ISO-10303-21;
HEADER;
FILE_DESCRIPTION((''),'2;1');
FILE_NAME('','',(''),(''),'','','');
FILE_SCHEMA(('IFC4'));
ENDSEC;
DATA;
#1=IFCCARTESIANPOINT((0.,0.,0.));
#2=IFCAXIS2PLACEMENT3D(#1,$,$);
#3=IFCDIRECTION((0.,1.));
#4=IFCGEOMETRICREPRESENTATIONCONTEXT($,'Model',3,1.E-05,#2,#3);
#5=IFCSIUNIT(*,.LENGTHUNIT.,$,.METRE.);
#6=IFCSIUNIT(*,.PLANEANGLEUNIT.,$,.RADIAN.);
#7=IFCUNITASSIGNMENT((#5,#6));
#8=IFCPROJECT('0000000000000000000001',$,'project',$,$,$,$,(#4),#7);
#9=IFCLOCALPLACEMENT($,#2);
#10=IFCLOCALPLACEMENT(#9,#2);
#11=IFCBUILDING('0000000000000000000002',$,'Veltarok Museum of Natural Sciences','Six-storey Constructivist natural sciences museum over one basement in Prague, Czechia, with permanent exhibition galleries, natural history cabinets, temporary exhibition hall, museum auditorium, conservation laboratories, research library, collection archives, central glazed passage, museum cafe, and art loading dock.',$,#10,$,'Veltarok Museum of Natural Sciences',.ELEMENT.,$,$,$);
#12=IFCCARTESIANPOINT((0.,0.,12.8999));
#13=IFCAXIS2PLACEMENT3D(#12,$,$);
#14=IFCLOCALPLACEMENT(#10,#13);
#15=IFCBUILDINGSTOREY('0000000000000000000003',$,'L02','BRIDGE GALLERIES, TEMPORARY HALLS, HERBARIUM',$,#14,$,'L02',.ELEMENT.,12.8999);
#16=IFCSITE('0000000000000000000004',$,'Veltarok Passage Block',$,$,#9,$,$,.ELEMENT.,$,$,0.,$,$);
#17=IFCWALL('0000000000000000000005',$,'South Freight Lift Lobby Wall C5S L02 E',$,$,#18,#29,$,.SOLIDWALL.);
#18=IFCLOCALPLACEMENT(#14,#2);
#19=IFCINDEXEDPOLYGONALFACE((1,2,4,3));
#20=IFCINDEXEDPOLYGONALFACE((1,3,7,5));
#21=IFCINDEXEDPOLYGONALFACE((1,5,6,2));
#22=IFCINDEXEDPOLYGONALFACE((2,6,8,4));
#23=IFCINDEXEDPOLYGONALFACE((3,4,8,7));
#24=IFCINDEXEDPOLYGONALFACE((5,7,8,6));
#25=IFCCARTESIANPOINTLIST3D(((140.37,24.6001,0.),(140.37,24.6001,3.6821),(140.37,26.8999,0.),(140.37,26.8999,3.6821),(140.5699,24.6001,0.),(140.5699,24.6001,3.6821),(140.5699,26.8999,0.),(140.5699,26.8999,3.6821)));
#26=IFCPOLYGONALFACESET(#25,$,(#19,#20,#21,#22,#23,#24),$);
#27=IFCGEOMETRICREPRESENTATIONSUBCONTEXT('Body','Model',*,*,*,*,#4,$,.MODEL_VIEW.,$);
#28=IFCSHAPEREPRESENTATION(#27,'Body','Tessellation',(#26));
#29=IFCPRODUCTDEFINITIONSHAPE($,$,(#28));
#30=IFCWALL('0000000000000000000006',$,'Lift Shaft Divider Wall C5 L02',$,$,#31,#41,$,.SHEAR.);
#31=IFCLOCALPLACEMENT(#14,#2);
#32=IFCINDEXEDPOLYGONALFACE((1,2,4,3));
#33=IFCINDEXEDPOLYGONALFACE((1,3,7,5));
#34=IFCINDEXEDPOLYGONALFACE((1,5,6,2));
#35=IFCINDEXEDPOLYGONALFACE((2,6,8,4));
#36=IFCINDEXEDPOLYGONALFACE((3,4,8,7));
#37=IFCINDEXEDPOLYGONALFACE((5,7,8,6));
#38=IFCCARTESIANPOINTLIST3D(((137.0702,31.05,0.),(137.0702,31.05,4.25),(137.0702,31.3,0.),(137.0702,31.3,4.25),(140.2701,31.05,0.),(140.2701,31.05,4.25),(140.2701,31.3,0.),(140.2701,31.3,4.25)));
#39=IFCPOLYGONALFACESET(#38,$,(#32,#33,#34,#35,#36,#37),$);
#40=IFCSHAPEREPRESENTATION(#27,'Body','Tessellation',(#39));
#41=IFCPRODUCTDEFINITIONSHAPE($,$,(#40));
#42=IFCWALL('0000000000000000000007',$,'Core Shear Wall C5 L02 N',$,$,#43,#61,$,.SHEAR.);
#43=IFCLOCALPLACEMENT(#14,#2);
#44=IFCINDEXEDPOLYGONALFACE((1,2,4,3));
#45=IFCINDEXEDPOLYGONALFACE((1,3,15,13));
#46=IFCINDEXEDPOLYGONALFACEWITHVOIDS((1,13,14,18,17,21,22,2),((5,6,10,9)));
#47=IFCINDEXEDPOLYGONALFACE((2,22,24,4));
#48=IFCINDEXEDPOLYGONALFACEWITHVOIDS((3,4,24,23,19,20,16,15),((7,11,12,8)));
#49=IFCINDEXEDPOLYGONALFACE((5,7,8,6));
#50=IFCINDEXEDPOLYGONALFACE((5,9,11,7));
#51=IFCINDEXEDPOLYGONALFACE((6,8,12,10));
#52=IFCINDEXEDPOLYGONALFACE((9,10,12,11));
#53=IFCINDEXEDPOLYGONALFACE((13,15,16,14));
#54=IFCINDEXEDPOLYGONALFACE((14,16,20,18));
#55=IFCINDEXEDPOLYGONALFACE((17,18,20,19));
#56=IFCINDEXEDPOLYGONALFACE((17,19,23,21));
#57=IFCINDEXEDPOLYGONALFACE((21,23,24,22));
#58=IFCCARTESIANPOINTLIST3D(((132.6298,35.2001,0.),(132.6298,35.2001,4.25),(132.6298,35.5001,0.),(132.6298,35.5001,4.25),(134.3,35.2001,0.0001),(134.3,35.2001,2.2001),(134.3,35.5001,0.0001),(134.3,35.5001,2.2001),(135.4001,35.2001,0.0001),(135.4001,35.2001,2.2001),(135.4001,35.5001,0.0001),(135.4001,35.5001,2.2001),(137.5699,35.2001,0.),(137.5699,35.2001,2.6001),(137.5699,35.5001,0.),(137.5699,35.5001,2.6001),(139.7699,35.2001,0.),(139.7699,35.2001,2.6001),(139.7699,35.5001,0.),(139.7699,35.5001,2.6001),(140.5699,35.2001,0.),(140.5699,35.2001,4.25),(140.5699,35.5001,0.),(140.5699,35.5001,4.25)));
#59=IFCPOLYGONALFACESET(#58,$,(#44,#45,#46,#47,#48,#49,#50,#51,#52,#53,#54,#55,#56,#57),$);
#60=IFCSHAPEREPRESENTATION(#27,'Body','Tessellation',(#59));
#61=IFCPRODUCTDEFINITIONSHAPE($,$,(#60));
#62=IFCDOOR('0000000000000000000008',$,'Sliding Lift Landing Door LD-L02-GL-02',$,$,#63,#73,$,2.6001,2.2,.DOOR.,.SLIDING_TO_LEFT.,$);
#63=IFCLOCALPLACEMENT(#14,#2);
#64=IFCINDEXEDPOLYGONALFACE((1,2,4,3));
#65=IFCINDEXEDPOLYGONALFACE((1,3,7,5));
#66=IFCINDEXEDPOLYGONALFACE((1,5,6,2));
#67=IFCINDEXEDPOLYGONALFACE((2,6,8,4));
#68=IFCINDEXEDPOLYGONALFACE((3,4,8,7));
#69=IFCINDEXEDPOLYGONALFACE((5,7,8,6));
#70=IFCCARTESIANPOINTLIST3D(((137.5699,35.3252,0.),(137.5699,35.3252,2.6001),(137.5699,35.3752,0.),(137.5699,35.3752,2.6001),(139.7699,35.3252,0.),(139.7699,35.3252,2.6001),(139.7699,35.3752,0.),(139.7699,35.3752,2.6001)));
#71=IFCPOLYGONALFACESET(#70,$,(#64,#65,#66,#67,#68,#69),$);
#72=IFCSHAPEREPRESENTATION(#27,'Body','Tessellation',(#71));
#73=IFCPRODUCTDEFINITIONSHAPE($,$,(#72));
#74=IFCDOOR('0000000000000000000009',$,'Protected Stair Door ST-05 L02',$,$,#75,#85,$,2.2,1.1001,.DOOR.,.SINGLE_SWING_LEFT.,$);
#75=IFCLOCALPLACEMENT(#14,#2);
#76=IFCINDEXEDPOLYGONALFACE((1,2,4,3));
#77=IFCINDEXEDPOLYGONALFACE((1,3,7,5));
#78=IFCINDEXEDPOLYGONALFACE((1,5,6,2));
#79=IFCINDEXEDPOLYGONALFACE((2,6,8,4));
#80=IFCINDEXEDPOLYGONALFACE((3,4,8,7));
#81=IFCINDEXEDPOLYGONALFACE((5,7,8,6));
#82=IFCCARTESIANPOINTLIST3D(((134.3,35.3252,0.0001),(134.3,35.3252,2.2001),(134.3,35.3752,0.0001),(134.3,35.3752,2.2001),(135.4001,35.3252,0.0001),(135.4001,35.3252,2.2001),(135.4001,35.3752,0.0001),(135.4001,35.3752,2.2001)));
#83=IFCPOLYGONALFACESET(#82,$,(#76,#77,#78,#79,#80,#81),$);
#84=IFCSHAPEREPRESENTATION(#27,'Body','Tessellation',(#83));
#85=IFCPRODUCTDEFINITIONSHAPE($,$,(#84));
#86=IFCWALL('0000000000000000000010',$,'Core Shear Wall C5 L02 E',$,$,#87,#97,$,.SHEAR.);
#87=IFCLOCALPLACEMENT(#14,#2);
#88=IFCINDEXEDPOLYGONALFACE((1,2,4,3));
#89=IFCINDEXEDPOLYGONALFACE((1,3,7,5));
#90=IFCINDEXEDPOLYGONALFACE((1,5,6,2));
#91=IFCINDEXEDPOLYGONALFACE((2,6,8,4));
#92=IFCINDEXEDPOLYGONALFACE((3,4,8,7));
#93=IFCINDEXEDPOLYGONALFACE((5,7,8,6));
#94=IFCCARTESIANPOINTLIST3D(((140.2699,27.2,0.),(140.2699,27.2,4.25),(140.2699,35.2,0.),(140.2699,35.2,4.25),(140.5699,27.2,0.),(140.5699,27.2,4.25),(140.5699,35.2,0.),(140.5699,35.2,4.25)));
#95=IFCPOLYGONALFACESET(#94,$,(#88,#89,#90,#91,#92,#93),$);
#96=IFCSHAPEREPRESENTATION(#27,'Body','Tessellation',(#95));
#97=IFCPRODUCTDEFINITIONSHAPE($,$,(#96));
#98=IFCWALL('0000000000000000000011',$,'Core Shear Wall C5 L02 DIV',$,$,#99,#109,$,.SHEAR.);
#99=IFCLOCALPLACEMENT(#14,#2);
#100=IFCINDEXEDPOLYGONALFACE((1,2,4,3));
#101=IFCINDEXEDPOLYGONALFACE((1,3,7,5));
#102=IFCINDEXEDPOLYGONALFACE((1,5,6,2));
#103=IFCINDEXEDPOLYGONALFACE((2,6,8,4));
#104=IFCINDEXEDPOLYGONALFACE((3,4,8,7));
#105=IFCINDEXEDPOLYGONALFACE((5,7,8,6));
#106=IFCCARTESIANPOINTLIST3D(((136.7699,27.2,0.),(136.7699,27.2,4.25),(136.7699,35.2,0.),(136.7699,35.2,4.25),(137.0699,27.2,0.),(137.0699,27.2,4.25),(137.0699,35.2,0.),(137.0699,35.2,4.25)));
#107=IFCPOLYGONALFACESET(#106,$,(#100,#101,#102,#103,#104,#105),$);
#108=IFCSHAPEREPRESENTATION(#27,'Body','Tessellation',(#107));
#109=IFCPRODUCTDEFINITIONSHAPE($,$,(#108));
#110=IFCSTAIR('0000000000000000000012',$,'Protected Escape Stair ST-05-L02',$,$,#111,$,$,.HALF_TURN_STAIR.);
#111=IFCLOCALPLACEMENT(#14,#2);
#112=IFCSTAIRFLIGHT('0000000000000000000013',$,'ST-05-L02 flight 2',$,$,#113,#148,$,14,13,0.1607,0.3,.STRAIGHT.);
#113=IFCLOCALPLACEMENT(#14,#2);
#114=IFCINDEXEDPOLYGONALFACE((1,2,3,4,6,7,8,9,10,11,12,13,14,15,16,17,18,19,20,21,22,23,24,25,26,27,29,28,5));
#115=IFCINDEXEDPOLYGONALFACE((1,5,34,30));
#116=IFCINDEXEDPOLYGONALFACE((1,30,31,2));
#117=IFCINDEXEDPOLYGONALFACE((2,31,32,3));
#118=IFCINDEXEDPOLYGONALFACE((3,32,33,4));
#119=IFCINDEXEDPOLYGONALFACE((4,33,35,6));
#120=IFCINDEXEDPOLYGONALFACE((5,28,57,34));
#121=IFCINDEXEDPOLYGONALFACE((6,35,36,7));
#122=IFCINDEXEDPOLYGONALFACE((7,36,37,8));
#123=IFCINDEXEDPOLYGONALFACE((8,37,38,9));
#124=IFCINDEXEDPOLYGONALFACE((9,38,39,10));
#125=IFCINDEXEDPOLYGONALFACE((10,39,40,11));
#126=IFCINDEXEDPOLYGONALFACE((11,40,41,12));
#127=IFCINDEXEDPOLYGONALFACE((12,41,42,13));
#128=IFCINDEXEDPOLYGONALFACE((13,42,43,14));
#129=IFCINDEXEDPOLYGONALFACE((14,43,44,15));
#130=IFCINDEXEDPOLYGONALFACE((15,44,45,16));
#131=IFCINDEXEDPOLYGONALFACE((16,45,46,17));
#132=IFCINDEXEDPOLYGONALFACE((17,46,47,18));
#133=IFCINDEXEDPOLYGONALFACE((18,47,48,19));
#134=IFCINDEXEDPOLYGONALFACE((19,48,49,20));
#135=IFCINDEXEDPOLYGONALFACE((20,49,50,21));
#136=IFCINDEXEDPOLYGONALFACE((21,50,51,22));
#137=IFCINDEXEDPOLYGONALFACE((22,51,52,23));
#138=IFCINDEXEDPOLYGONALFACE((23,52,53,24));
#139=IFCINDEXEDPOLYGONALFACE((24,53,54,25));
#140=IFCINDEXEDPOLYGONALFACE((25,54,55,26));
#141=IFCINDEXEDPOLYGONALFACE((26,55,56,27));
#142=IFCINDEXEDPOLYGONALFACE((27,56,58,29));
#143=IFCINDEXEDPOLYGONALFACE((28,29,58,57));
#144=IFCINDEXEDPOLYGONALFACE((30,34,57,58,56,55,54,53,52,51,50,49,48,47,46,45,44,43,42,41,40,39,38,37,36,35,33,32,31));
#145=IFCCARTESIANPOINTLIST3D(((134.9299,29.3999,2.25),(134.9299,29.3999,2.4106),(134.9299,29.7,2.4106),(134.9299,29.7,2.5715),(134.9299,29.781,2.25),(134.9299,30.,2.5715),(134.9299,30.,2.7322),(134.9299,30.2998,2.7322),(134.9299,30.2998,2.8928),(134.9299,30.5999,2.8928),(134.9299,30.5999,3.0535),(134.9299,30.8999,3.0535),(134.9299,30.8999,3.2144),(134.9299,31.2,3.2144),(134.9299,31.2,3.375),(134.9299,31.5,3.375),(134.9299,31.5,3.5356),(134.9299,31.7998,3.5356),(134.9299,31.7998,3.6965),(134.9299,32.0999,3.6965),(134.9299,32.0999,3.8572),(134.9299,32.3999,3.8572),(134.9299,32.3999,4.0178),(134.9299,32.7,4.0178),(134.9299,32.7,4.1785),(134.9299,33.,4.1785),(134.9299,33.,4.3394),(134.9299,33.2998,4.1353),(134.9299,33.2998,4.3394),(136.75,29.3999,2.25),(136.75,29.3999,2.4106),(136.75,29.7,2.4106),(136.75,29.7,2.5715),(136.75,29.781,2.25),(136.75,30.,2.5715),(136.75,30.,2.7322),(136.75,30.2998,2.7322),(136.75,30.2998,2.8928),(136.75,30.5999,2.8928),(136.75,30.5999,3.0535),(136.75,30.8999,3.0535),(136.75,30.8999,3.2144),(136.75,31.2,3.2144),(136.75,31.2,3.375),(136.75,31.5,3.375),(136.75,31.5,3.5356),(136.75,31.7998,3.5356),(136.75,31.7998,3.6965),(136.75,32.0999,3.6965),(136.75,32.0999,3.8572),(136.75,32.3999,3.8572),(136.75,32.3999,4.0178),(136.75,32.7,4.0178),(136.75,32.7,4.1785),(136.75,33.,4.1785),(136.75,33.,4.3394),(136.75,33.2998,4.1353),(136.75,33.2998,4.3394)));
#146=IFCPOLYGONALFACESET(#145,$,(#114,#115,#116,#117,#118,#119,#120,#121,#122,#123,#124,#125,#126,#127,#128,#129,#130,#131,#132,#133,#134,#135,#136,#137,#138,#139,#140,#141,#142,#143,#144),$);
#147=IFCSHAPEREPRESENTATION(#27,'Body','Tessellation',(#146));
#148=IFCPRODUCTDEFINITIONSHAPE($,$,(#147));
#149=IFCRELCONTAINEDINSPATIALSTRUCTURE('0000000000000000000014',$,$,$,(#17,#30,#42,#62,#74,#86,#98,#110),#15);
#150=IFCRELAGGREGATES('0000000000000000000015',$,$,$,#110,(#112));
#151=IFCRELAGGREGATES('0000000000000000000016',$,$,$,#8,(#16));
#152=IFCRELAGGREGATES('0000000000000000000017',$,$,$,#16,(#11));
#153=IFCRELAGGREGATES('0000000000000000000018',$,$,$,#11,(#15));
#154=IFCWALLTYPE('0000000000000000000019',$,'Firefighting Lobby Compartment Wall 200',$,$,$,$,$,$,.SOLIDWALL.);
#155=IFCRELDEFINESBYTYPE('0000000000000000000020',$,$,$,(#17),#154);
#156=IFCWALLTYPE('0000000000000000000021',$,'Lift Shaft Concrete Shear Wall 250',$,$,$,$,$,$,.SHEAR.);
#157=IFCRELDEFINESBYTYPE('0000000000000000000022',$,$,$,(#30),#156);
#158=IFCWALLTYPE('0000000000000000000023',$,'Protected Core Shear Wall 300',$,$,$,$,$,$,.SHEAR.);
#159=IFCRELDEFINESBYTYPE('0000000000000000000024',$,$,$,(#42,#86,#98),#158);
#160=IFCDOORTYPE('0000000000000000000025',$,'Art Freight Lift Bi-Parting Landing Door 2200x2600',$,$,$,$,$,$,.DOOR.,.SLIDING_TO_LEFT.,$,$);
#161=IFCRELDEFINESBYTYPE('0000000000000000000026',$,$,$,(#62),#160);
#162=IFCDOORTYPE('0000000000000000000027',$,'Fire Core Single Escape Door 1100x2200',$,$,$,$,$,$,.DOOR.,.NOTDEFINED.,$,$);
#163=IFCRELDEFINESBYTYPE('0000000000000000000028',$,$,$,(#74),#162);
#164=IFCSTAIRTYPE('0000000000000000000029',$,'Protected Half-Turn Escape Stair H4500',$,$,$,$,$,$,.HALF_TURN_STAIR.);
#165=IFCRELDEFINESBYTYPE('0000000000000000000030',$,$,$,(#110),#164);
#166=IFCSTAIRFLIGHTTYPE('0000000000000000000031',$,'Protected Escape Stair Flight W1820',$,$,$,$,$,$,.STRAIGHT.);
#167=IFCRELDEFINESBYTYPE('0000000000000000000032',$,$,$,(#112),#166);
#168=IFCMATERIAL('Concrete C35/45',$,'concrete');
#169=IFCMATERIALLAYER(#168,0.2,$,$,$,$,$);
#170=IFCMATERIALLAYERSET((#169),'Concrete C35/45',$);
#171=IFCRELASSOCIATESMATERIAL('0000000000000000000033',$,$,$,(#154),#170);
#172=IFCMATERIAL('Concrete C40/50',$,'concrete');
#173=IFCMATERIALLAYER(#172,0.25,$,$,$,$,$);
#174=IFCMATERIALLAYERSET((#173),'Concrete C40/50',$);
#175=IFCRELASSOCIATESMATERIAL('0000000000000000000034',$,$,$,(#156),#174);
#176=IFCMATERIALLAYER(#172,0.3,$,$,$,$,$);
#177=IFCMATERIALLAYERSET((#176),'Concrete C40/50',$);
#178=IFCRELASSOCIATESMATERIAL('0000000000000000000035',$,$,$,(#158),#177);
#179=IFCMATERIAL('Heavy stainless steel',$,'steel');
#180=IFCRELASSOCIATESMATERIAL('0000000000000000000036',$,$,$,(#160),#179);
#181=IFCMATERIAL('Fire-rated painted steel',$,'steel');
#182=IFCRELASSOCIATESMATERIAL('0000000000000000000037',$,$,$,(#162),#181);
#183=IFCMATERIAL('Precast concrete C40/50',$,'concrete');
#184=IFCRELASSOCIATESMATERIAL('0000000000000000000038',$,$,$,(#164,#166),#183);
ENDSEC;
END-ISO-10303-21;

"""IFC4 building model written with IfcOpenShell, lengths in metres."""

from ifc_helpers import new_model, si_unit, direction, frame, frame_2d, origin, place, context, subcontext, project, spatial, polyline, rectangle, outline, extrude, material, layer, layer_set, type_object, element, fill, aggregate, save


model = new_model("IFC4")

# Units and contexts
model_context = context("Model", 3, precision=1e-05, world=origin(), true_north=direction((0.0, 1.0)))
body_context = subcontext(model_context, "Body", "Model", "MODEL_VIEW")
ifc_project = project(units=[si_unit("LENGTHUNIT", "METRE"), si_unit("PLANEANGLEUNIT", "RADIAN")], contexts=[model_context])

# Site, building, storey
site_placement = place(None, origin())
site = spatial("IfcSite", under=ifc_project, at=site_placement, Name="Veltarok Passage Block", CompositionType="ELEMENT", RefElevation=0.0)
building_placement = place(site_placement, origin())
building = spatial("IfcBuilding", under=site, at=building_placement, Name="Veltarok Museum of Natural Sciences", Description="Six-storey Constructivist natural sciences museum over one basement in Prague, Czechia, with permanent exhibition galleries, natural history cabinets, temporary exhibition hall, museum auditorium, conservation laboratories, research library, collection archives, central glazed passage, museum cafe, and art loading dock.", LongName="Veltarok Museum of Natural Sciences", CompositionType="ELEMENT")
storey_placement = place(building_placement, frame((0.0, 0.0, 12.8999)))
storey = spatial("IfcBuildingStorey", under=building, at=storey_placement, Name="L02", Description="BRIDGE GALLERIES, TEMPORARY HALLS, HERBARIUM", LongName="L02", CompositionType="ELEMENT", Elevation=12.8999)

# Shared definitions
ifc_material_1 = material(Name="Concrete C40/50", Category="concrete")

# Walls
ifc_material_2 = material(Name="Concrete C35/45", Category="concrete")
ifc_layer_1 = layer(ifc_material_2, 0.2)
ifc_layer_set_1 = layer_set([ifc_layer_1], Name="Concrete C35/45")
wall_type_1 = type_object("IfcWallType", Name="Firefighting Lobby Compartment Wall 200", PredefinedType="SOLIDWALL", material=ifc_layer_set_1)
wall_1_placement = place(storey_placement, frame((140.47, 26.8999, 0.0), z_axis=(0.0, 0.0, 1.0), x_axis=(0.0, -1.0, 0.0)))
element("IfcWall", 1, at=wall_1_placement, inside=storey, type_object=wall_type_1, Name="South Freight Lift Lobby Wall C5S L02 E", PredefinedType="SOLIDWALL", context=body_context, shape_type="SweptSolid", body=[
    extrude(rectangle(XDim=2.2998, YDim=0.2, at=frame_2d((1.1499, 0.0))), origin(), (0.0, 0.0, 1.0), 3.6821),
])
ifc_layer_2 = layer(ifc_material_1, 0.25)
ifc_layer_set_2 = layer_set([ifc_layer_2], Name="Concrete C40/50")
wall_type_2 = type_object("IfcWallType", Name="Lift Shaft Concrete Shear Wall 250", PredefinedType="SHEAR", material=ifc_layer_set_2)
wall_2_placement = place(storey_placement, frame((137.0701, 31.175, 0.0), z_axis=(0.0, 0.0, 1.0), x_axis=(1.0, 0.0, 0.0)))
element("IfcWall", 2, at=wall_2_placement, inside=storey, type_object=wall_type_2, Name="Lift Shaft Divider Wall C5 L02", PredefinedType="SHEAR", context=body_context, shape_type="SweptSolid", body=[
    extrude(rectangle(XDim=3.2, YDim=0.25, at=frame_2d((1.6001, 0.0))), origin(), (0.0, 0.0, 1.0), 4.25),
])

# Wall, openings, doors
ifc_layer_3 = layer(ifc_material_1, 0.3)
ifc_layer_set_3 = layer_set([ifc_layer_3], Name="Concrete C40/50")
wall_type_3 = type_object("IfcWallType", Name="Protected Core Shear Wall 300", PredefinedType="SHEAR", material=ifc_layer_set_3)
wall_3_placement = place(storey_placement, frame((140.5701, 35.3501, 0.0), z_axis=(0.0, 0.0, 1.0), x_axis=(-1.0, 0.0, 0.0)))
wall_3 = element("IfcWall", 3, at=wall_3_placement, inside=storey, type_object=wall_type_3, Name="Core Shear Wall C5 L02 N", PredefinedType="SHEAR", context=body_context, shape_type="SweptSolid", body=[
    extrude(rectangle(XDim=7.9402, YDim=0.3, at=frame_2d((3.9702, 0.0))), origin(), (0.0, 0.0, 1.0), 4.25),
])
opening_1_placement = place(wall_3_placement, frame((5.1699, 0.0, 0.0)))
opening_1 = element("IfcOpeningElement", 4, at=opening_1_placement, cuts=wall_3, PredefinedType="OPENING", context=body_context, shape_type="SweptSolid", body=[
    extrude(rectangle(XDim=1.1001, YDim=2.2, at=frame_2d((0.55, 1.1001))), frame((0.0, 0.1602, 0.0), z_axis=(0.0, -1.0, 0.0), x_axis=(1.0, 0.0, 0.0)), (0.0, 0.0, 1.0), 0.3201),
])
opening_2_placement = place(wall_3_placement, frame((0.8, 0.0, 0.0)))
opening_2 = element("IfcOpeningElement", 5, at=opening_2_placement, cuts=wall_3, PredefinedType="OPENING", context=body_context, shape_type="SweptSolid", body=[
    extrude(rectangle(XDim=2.2, YDim=2.6001, at=frame_2d((1.1001, 1.3))), frame((0.0, 0.1602, 0.0), z_axis=(0.0, -1.0, 0.0), x_axis=(1.0, 0.0, 0.0)), (0.0, 0.0, 1.0), 0.3201),
])
ifc_material_3 = material(Name="Heavy stainless steel", Category="steel")
door_type_1 = type_object("IfcDoorType", Name="Art Freight Lift Bi-Parting Landing Door 2200x2600", OperationType="SLIDING_TO_LEFT", PredefinedType="DOOR", material=ifc_material_3)
door_1_placement = place(opening_2_placement, origin())
door_1 = element("IfcDoor", 6, at=door_1_placement, inside=storey, type_object=door_type_1, Name="Sliding Lift Landing Door LD-L02-GL-02", OperationType="SLIDING_TO_LEFT", OverallHeight=2.6001, OverallWidth=2.2, PredefinedType="DOOR", context=body_context, shape_type="SweptSolid", body=[
    extrude(rectangle(XDim=2.2, YDim=2.6001, at=frame_2d((1.1001, 1.3))), frame((0.0, 0.0249, 0.0), z_axis=(0.0, -1.0, 0.0), x_axis=(1.0, 0.0, 0.0)), (0.0, 0.0, 1.0), 0.05),
])
fill(opening_2, door_1)
ifc_material_4 = material(Name="Fire-rated painted steel", Category="steel")
door_type_2 = type_object("IfcDoorType", Name="Fire Core Single Escape Door 1100x2200", OperationType="NOTDEFINED", PredefinedType="DOOR", material=ifc_material_4)
door_2_placement = place(opening_1_placement, origin())
door_2 = element("IfcDoor", 7, at=door_2_placement, inside=storey, type_object=door_type_2, Name="Protected Stair Door ST-05 L02", OperationType="SINGLE_SWING_LEFT", OverallHeight=2.2, OverallWidth=1.1001, PredefinedType="DOOR", context=body_context, shape_type="SweptSolid", body=[
    extrude(rectangle(XDim=1.1001, YDim=2.2, at=frame_2d((0.55, 1.1001))), frame((0.0, 0.0249, 0.0), z_axis=(0.0, -1.0, 0.0), x_axis=(1.0, 0.0, 0.0)), (0.0, 0.0, 1.0), 0.05),
])
fill(opening_1, door_2)

# Walls
for number, where, z_axis, x_axis, name in (
    (8, (140.4199, 27.2, 0.0), (0.0, 0.0, 1.0), (0.0, 1.0, 0.0), "Core Shear Wall C5 L02 E"),
    (9, (136.9199, 27.2, 0.0), (0.0, 0.0, 1.0), (0.0, 1.0, 0.0), "Core Shear Wall C5 L02 DIV"),
):
    element("IfcWall", number, at=place(storey_placement, frame(where, z_axis=z_axis, x_axis=x_axis)), inside=storey, type_object=wall_type_3, Name=name, PredefinedType="SHEAR", context=body_context, shape_type="SweptSolid", body=[
        extrude(rectangle(XDim=8.0, YDim=0.3, at=frame_2d((4.0, 0.0))), origin(), (0.0, 0.0, 1.0), 4.25),
    ])

# Stair, stair flight
ifc_material_5 = material(Name="Precast concrete C40/50", Category="concrete")
stair_type = type_object("IfcStairType", Name="Protected Half-Turn Escape Stair H4500", PredefinedType="HALF_TURN_STAIR", material=ifc_material_5)
stair_placement = place(storey_placement, origin())
stair = element("IfcStair", 10, at=stair_placement, inside=storey, type_object=stair_type, Name="Protected Escape Stair ST-05-L02", PredefinedType="HALF_TURN_STAIR")
stair_flight_type = type_object("IfcStairFlightType", Name="Protected Escape Stair Flight W1820", PredefinedType="STRAIGHT", material=ifc_material_5)
stair_flight_placement = place(storey_placement, frame((135.8401, 29.3999, 2.25), z_axis=(0.0, 0.0, 1.0), x_axis=(0.0, 1.0, 0.0)))
stair_flight = element("IfcStairFlight", 11, at=stair_flight_placement, type_object=stair_flight_type, Name="ST-05-L02 flight 2", NumberOfRisers=14, NumberOfTreads=13, PredefinedType="STRAIGHT", RiserHeight=0.1607, TreadLength=0.3, context=body_context, shape_type="SweptSolid", body=[
    extrude(outline(polyline([(0.0, 0.0), (0.0, 0.1606), (0.3, 0.1606), (0.3, 0.3215), (0.6001, 0.3215), (0.6001, 0.4822), (0.8999, 0.4822), (0.8999, 0.6428), (1.2, 0.6428), (1.2, 0.8035), (1.5, 0.8035), (1.5, 0.9644), (1.8, 0.9644), (1.8, 1.125), (2.1001, 1.125), (2.1001, 1.2856), (2.3999, 1.2856), (2.3999, 1.4465), (2.7, 1.4465), (2.7, 1.6072), (3.0, 1.6072), (3.0, 1.7678), (3.3, 1.7678), (3.3, 1.9285), (3.6001, 1.9285), (3.6001, 2.0894), (3.8999, 2.0894), (3.8999, 2.25), (3.8999, 1.8853), (0.3811, 0.0), (0.0, 0.0)])), frame((0.0, 0.9102, 0.0), z_axis=(0.0, -1.0, 0.0), x_axis=(1.0, 0.0, 0.0)), (0.0, 0.0, 1.0), 1.8201),
])
aggregate(stair, [stair_flight])

save(model, "model.ifc")
